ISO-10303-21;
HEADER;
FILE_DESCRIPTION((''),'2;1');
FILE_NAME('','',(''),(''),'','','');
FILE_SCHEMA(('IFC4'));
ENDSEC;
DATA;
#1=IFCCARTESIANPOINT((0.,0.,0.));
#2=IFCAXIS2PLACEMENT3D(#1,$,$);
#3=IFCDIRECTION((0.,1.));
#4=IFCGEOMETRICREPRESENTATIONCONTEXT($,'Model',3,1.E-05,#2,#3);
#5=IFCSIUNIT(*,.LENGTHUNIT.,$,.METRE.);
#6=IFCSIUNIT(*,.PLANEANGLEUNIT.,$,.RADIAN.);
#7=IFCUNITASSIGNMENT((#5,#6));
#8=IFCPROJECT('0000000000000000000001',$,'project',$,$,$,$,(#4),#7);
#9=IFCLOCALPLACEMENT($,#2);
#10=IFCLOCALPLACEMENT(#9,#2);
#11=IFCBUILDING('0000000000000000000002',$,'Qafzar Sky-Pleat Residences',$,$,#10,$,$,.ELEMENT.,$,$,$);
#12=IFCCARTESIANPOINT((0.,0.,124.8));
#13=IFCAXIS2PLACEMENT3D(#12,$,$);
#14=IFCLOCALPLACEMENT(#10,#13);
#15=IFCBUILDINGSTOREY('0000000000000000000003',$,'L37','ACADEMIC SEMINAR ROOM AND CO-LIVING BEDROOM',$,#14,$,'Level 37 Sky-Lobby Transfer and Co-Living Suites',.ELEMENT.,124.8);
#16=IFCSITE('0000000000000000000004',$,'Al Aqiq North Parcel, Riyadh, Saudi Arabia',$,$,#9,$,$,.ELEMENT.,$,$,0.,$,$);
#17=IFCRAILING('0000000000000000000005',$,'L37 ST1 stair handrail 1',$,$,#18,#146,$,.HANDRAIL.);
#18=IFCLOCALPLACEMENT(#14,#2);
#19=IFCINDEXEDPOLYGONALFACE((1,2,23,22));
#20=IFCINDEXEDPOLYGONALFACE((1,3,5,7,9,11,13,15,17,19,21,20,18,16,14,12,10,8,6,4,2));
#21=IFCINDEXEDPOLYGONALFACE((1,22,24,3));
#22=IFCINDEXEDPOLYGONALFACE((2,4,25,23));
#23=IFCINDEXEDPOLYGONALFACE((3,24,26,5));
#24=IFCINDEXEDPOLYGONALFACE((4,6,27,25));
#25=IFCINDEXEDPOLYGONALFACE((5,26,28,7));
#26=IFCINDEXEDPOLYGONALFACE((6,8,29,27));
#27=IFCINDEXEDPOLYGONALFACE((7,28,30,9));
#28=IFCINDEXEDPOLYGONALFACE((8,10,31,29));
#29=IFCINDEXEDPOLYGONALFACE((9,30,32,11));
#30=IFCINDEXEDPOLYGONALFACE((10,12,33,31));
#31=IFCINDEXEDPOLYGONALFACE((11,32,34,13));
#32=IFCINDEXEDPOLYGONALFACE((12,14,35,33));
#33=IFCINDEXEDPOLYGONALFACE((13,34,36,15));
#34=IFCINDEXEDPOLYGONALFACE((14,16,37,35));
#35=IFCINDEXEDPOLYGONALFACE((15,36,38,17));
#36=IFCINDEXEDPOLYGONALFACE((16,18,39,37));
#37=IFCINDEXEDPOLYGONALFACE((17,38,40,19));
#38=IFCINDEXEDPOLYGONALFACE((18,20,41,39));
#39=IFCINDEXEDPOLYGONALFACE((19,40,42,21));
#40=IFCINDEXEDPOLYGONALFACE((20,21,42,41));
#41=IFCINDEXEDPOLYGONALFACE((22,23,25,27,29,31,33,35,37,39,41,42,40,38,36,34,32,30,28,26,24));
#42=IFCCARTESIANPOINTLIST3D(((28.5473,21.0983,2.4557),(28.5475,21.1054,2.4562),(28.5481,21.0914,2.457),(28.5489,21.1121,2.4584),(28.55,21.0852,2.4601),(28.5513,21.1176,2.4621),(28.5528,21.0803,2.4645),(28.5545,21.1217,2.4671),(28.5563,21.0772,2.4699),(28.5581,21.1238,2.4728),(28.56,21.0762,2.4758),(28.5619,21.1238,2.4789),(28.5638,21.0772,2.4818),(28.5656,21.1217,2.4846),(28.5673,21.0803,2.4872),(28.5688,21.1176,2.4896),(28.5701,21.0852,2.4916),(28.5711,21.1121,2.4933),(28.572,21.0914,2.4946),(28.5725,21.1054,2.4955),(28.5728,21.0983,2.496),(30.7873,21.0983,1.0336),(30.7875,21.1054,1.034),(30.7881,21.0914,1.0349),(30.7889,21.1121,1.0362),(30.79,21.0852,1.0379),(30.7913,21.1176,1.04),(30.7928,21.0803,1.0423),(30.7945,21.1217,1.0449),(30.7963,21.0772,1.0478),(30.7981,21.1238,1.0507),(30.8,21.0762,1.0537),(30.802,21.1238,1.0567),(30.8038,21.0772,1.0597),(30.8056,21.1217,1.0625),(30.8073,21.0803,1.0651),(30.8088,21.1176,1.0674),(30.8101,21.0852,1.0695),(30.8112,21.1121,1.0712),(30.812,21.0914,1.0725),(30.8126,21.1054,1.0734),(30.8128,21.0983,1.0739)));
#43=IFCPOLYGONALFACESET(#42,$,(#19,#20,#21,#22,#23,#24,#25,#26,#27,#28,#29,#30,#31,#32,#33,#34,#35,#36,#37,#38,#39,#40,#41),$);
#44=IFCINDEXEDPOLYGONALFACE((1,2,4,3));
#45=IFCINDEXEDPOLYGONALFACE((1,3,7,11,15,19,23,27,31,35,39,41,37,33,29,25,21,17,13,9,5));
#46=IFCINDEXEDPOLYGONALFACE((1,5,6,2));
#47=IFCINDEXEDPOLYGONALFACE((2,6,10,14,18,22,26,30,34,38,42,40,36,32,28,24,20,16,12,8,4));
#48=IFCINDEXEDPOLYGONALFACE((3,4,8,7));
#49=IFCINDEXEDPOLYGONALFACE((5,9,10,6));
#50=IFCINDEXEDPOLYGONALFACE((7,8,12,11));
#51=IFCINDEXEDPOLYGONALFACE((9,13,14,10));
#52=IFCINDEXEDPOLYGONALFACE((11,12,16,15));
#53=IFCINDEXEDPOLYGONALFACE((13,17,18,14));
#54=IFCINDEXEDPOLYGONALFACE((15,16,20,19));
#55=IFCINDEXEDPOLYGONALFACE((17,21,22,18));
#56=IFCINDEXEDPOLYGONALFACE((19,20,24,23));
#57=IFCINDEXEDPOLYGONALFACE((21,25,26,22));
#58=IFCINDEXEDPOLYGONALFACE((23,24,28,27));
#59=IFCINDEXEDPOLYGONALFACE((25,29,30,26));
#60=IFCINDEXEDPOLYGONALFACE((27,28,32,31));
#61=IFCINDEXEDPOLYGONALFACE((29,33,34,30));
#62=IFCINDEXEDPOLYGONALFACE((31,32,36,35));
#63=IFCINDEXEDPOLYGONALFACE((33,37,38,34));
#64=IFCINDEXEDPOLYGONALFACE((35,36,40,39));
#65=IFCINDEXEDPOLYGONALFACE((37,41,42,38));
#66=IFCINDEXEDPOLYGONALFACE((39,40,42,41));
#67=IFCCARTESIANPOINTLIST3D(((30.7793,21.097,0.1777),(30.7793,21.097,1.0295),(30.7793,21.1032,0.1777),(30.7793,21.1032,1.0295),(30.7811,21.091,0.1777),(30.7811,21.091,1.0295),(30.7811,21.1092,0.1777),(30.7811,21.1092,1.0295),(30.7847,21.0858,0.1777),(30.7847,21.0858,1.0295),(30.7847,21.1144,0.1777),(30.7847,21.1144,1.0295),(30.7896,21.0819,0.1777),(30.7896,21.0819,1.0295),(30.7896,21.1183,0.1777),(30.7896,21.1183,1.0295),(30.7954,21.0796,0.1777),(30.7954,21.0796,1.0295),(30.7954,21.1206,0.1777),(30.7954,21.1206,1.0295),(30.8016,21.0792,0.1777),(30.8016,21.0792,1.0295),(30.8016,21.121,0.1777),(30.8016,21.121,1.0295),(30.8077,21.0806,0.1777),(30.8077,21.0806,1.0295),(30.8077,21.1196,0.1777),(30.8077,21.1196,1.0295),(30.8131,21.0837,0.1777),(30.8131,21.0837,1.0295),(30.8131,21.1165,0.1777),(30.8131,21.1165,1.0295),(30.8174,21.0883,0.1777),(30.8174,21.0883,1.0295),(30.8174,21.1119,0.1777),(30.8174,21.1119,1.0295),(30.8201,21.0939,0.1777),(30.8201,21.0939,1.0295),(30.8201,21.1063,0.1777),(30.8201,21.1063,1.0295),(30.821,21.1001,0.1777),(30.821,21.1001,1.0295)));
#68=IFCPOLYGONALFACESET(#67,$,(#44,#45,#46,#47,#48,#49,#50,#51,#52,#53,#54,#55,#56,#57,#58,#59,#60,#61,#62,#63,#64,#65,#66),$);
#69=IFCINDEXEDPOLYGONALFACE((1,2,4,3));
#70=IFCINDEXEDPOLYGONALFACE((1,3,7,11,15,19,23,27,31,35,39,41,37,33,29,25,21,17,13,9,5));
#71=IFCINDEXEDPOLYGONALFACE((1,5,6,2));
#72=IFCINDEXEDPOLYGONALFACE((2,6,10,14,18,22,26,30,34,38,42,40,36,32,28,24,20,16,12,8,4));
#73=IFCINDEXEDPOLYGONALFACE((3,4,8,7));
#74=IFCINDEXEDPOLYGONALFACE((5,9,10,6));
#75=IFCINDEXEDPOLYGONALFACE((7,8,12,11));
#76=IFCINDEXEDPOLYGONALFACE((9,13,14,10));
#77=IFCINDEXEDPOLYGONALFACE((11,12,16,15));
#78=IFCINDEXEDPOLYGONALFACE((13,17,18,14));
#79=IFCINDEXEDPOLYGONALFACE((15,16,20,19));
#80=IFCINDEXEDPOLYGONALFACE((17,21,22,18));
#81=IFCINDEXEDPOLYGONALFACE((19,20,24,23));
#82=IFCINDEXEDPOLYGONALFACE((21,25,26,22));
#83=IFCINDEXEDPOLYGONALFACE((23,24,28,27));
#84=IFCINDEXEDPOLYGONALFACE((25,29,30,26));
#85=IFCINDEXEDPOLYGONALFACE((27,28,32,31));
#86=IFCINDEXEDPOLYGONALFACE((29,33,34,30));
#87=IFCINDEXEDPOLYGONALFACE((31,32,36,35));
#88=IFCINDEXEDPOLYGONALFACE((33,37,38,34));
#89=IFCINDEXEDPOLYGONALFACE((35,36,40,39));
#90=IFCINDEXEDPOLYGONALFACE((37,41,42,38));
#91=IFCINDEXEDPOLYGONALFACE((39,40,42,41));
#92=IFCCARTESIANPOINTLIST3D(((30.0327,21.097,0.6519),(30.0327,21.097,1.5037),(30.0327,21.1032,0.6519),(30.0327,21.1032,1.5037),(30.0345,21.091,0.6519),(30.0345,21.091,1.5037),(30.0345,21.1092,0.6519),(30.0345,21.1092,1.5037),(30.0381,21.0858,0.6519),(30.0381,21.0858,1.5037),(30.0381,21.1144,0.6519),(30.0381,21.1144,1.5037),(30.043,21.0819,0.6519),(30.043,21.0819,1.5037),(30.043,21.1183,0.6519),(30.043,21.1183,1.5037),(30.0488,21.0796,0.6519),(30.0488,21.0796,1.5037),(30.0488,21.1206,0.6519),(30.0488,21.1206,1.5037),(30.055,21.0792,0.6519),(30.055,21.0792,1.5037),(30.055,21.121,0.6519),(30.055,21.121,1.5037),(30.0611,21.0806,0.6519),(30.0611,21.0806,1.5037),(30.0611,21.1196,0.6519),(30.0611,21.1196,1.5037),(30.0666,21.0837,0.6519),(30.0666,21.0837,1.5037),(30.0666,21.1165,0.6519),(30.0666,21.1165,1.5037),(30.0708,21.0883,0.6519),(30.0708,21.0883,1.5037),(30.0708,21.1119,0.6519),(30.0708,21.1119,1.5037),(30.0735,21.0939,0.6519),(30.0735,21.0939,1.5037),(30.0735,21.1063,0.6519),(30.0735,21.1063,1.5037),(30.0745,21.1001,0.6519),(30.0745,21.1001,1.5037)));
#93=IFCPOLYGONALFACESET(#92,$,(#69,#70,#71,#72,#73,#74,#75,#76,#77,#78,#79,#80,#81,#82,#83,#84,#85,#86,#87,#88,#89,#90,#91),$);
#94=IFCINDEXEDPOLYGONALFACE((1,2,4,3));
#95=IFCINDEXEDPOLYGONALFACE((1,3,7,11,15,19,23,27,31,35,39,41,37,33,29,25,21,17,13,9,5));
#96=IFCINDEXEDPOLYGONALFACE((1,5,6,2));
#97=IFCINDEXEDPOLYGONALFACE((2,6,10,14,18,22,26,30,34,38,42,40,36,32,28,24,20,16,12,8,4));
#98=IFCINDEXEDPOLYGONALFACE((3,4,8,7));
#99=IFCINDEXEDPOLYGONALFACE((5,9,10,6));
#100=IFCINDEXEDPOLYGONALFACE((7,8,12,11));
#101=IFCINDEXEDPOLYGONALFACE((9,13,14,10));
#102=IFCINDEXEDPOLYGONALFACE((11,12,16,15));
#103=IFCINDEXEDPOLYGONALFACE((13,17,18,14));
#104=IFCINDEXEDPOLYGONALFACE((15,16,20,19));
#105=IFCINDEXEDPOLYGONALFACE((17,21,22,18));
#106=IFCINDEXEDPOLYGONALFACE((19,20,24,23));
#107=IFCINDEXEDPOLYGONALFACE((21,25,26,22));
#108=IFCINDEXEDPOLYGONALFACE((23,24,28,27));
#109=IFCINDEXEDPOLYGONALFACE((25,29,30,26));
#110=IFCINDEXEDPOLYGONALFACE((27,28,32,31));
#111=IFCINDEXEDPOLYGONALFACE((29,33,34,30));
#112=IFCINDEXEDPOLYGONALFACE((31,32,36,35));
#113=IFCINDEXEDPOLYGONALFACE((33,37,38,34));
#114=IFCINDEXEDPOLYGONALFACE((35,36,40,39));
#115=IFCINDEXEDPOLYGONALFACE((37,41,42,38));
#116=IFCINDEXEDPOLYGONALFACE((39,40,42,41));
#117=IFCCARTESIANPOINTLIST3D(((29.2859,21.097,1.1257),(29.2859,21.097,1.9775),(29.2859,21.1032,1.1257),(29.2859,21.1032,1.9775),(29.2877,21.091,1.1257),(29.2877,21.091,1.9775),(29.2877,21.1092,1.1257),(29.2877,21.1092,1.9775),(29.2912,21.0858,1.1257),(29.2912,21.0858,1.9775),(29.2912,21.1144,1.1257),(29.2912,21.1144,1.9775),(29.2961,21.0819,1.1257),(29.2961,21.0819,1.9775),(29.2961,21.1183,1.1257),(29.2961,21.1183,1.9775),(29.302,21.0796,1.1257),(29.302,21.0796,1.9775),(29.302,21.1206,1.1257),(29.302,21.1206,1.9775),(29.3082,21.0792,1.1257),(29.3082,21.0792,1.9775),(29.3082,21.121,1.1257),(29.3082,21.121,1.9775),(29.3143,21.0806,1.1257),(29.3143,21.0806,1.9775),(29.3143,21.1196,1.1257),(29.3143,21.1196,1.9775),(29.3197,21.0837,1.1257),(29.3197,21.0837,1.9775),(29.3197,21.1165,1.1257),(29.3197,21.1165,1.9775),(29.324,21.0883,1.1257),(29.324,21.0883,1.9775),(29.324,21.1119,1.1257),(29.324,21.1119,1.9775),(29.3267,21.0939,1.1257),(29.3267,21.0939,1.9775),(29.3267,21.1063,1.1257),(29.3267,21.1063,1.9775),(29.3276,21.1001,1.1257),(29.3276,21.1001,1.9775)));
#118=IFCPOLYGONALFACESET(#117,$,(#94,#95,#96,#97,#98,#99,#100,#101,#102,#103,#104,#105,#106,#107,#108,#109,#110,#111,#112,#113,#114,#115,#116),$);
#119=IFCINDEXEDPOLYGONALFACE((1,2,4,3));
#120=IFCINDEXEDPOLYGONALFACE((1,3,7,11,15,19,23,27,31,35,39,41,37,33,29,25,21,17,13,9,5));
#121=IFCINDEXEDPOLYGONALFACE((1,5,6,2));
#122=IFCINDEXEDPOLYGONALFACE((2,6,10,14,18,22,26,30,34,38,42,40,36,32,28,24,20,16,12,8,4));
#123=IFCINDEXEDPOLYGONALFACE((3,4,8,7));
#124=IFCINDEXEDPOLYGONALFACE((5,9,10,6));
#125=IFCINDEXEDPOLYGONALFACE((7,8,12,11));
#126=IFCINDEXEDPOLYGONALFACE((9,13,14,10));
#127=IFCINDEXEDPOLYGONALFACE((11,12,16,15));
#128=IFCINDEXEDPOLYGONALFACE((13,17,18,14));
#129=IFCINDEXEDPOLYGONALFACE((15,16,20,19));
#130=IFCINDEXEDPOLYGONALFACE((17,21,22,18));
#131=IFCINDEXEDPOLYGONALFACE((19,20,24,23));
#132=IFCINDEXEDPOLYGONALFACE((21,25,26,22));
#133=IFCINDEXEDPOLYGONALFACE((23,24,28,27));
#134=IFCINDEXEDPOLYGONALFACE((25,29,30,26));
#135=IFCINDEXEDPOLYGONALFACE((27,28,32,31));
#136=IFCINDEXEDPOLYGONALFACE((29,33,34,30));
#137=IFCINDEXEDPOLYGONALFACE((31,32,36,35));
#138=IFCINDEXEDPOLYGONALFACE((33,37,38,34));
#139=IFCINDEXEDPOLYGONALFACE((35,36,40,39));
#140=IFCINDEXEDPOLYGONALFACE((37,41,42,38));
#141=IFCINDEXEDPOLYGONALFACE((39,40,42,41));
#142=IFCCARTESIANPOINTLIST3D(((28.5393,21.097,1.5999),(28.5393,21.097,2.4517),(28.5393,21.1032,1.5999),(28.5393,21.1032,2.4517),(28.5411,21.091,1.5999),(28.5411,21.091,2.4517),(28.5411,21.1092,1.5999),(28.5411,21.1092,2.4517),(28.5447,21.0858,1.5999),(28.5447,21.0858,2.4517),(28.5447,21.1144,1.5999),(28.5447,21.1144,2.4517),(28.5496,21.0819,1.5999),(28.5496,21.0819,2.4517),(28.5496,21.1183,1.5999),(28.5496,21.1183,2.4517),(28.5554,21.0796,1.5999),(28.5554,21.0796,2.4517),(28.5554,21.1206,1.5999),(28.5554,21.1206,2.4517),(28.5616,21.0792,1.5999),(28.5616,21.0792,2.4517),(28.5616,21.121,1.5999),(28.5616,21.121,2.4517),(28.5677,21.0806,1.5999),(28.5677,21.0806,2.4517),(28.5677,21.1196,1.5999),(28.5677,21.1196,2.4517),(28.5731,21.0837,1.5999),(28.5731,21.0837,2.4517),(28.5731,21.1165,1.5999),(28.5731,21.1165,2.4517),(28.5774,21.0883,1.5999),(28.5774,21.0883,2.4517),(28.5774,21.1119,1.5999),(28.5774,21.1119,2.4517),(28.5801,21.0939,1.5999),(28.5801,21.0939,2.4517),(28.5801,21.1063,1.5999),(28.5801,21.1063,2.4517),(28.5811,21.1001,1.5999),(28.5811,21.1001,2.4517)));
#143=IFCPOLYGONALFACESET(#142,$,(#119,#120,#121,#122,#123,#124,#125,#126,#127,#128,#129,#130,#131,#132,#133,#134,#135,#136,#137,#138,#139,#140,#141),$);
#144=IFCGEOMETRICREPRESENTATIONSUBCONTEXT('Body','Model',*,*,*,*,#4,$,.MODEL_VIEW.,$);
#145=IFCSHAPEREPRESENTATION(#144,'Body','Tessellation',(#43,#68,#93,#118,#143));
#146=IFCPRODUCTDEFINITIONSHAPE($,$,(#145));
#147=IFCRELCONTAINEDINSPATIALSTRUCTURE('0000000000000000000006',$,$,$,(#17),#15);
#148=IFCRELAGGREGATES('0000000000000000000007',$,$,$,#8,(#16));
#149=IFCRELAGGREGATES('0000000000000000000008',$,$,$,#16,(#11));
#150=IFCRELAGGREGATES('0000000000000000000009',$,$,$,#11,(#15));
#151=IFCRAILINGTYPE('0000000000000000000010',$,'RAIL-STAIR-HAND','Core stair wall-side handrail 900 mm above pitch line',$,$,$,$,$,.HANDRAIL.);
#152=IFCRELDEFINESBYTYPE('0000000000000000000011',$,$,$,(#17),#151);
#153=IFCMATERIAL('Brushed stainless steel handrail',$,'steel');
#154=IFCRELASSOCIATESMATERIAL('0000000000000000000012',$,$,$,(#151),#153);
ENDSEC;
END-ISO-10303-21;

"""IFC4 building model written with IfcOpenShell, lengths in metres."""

from ifc_helpers import new_model, si_unit, direction, frame, origin, origin_2d, place, context, subcontext, project, spatial, circle, extrude, source, transform, mapped, material, type_object, element, save


model = new_model("IFC4")

# Units and contexts
model_context = context("Model", 3, precision=1e-05, world=origin(), true_north=direction((0.0, 1.0)))
body_context = subcontext(model_context, "Body", "Model", "MODEL_VIEW")
ifc_project = project(units=[si_unit("LENGTHUNIT", "METRE"), si_unit("PLANEANGLEUNIT", "RADIAN")], contexts=[model_context])

# Site, building, storey
site_placement = place(None, origin())
site = spatial("IfcSite", under=ifc_project, at=site_placement, Name="Al Aqiq North Parcel, Riyadh, Saudi Arabia", CompositionType="ELEMENT", RefElevation=0.0)
building_placement = place(site_placement, origin())
building = spatial("IfcBuilding", under=site, at=building_placement, Name="Qafzar Sky-Pleat Residences", CompositionType="ELEMENT")
storey_placement = place(building_placement, frame((0.0, 0.0, 124.8)))
storey = spatial("IfcBuildingStorey", under=building, at=storey_placement, Name="L37", Description="ACADEMIC SEMINAR ROOM AND CO-LIVING BEDROOM", LongName="Level 37 Sky-Lobby Transfer and Co-Living Suites", CompositionType="ELEMENT", Elevation=124.8)

# Railing
ifc_material_1 = material(Name="Brushed stainless steel handrail", Category="steel")
railing_type_1 = type_object("IfcRailingType", Name="RAIL-STAIR-HAND", Description="Core stair wall-side handrail 900 mm above pitch line", PredefinedType="HANDRAIL", material=ifc_material_1)
shared_shape_1 = source(origin(), body_context, "Body", "SweptSolid", [
    extrude(circle(Radius=0.0239, at=origin_2d()), frame((0.0, 0.0, 0.876), z_axis=(-0.844229, 0.0, 0.535982), x_axis=(0.0, -1.0, 0.0)), (0.0, 0.0, 1.0), 2.6533),
    extrude(circle(Radius=0.021, at=origin_2d()), origin(), (0.0, 0.0, 1.0), 0.8518),
    extrude(circle(Radius=0.021, at=origin_2d()), frame((-0.7466, 0.0, 0.4741)), (0.0, 0.0, 1.0), 0.8518),
    extrude(circle(Radius=0.021, at=origin_2d()), frame((-1.4934, 0.0, 0.948)), (0.0, 0.0, 1.0), 0.8518),
    extrude(circle(Radius=0.021, at=origin_2d()), frame((-2.24, 0.0, 1.4221)), (0.0, 0.0, 1.0), 0.8518),
])
railing_1_placement = place(storey_placement, frame((30.8, 21.1001, 0.1777)))
element("IfcRailing", 1, at=railing_1_placement, inside=storey, type_object=railing_type_1, Name="L37 ST1 stair handrail 1", PredefinedType="HANDRAIL", context=body_context, shape_type="MappedRepresentation", body=[
    mapped(shared_shape_1, transform((0.0, 0.0, 0.0), x_axis=(1.0, 0.0, 0.0), y_axis=(0.0, 1.0, 0.0), z_axis=(0.0, 0.0, 1.0), scale=1.0)),
])

save(model, "model.ifc")
